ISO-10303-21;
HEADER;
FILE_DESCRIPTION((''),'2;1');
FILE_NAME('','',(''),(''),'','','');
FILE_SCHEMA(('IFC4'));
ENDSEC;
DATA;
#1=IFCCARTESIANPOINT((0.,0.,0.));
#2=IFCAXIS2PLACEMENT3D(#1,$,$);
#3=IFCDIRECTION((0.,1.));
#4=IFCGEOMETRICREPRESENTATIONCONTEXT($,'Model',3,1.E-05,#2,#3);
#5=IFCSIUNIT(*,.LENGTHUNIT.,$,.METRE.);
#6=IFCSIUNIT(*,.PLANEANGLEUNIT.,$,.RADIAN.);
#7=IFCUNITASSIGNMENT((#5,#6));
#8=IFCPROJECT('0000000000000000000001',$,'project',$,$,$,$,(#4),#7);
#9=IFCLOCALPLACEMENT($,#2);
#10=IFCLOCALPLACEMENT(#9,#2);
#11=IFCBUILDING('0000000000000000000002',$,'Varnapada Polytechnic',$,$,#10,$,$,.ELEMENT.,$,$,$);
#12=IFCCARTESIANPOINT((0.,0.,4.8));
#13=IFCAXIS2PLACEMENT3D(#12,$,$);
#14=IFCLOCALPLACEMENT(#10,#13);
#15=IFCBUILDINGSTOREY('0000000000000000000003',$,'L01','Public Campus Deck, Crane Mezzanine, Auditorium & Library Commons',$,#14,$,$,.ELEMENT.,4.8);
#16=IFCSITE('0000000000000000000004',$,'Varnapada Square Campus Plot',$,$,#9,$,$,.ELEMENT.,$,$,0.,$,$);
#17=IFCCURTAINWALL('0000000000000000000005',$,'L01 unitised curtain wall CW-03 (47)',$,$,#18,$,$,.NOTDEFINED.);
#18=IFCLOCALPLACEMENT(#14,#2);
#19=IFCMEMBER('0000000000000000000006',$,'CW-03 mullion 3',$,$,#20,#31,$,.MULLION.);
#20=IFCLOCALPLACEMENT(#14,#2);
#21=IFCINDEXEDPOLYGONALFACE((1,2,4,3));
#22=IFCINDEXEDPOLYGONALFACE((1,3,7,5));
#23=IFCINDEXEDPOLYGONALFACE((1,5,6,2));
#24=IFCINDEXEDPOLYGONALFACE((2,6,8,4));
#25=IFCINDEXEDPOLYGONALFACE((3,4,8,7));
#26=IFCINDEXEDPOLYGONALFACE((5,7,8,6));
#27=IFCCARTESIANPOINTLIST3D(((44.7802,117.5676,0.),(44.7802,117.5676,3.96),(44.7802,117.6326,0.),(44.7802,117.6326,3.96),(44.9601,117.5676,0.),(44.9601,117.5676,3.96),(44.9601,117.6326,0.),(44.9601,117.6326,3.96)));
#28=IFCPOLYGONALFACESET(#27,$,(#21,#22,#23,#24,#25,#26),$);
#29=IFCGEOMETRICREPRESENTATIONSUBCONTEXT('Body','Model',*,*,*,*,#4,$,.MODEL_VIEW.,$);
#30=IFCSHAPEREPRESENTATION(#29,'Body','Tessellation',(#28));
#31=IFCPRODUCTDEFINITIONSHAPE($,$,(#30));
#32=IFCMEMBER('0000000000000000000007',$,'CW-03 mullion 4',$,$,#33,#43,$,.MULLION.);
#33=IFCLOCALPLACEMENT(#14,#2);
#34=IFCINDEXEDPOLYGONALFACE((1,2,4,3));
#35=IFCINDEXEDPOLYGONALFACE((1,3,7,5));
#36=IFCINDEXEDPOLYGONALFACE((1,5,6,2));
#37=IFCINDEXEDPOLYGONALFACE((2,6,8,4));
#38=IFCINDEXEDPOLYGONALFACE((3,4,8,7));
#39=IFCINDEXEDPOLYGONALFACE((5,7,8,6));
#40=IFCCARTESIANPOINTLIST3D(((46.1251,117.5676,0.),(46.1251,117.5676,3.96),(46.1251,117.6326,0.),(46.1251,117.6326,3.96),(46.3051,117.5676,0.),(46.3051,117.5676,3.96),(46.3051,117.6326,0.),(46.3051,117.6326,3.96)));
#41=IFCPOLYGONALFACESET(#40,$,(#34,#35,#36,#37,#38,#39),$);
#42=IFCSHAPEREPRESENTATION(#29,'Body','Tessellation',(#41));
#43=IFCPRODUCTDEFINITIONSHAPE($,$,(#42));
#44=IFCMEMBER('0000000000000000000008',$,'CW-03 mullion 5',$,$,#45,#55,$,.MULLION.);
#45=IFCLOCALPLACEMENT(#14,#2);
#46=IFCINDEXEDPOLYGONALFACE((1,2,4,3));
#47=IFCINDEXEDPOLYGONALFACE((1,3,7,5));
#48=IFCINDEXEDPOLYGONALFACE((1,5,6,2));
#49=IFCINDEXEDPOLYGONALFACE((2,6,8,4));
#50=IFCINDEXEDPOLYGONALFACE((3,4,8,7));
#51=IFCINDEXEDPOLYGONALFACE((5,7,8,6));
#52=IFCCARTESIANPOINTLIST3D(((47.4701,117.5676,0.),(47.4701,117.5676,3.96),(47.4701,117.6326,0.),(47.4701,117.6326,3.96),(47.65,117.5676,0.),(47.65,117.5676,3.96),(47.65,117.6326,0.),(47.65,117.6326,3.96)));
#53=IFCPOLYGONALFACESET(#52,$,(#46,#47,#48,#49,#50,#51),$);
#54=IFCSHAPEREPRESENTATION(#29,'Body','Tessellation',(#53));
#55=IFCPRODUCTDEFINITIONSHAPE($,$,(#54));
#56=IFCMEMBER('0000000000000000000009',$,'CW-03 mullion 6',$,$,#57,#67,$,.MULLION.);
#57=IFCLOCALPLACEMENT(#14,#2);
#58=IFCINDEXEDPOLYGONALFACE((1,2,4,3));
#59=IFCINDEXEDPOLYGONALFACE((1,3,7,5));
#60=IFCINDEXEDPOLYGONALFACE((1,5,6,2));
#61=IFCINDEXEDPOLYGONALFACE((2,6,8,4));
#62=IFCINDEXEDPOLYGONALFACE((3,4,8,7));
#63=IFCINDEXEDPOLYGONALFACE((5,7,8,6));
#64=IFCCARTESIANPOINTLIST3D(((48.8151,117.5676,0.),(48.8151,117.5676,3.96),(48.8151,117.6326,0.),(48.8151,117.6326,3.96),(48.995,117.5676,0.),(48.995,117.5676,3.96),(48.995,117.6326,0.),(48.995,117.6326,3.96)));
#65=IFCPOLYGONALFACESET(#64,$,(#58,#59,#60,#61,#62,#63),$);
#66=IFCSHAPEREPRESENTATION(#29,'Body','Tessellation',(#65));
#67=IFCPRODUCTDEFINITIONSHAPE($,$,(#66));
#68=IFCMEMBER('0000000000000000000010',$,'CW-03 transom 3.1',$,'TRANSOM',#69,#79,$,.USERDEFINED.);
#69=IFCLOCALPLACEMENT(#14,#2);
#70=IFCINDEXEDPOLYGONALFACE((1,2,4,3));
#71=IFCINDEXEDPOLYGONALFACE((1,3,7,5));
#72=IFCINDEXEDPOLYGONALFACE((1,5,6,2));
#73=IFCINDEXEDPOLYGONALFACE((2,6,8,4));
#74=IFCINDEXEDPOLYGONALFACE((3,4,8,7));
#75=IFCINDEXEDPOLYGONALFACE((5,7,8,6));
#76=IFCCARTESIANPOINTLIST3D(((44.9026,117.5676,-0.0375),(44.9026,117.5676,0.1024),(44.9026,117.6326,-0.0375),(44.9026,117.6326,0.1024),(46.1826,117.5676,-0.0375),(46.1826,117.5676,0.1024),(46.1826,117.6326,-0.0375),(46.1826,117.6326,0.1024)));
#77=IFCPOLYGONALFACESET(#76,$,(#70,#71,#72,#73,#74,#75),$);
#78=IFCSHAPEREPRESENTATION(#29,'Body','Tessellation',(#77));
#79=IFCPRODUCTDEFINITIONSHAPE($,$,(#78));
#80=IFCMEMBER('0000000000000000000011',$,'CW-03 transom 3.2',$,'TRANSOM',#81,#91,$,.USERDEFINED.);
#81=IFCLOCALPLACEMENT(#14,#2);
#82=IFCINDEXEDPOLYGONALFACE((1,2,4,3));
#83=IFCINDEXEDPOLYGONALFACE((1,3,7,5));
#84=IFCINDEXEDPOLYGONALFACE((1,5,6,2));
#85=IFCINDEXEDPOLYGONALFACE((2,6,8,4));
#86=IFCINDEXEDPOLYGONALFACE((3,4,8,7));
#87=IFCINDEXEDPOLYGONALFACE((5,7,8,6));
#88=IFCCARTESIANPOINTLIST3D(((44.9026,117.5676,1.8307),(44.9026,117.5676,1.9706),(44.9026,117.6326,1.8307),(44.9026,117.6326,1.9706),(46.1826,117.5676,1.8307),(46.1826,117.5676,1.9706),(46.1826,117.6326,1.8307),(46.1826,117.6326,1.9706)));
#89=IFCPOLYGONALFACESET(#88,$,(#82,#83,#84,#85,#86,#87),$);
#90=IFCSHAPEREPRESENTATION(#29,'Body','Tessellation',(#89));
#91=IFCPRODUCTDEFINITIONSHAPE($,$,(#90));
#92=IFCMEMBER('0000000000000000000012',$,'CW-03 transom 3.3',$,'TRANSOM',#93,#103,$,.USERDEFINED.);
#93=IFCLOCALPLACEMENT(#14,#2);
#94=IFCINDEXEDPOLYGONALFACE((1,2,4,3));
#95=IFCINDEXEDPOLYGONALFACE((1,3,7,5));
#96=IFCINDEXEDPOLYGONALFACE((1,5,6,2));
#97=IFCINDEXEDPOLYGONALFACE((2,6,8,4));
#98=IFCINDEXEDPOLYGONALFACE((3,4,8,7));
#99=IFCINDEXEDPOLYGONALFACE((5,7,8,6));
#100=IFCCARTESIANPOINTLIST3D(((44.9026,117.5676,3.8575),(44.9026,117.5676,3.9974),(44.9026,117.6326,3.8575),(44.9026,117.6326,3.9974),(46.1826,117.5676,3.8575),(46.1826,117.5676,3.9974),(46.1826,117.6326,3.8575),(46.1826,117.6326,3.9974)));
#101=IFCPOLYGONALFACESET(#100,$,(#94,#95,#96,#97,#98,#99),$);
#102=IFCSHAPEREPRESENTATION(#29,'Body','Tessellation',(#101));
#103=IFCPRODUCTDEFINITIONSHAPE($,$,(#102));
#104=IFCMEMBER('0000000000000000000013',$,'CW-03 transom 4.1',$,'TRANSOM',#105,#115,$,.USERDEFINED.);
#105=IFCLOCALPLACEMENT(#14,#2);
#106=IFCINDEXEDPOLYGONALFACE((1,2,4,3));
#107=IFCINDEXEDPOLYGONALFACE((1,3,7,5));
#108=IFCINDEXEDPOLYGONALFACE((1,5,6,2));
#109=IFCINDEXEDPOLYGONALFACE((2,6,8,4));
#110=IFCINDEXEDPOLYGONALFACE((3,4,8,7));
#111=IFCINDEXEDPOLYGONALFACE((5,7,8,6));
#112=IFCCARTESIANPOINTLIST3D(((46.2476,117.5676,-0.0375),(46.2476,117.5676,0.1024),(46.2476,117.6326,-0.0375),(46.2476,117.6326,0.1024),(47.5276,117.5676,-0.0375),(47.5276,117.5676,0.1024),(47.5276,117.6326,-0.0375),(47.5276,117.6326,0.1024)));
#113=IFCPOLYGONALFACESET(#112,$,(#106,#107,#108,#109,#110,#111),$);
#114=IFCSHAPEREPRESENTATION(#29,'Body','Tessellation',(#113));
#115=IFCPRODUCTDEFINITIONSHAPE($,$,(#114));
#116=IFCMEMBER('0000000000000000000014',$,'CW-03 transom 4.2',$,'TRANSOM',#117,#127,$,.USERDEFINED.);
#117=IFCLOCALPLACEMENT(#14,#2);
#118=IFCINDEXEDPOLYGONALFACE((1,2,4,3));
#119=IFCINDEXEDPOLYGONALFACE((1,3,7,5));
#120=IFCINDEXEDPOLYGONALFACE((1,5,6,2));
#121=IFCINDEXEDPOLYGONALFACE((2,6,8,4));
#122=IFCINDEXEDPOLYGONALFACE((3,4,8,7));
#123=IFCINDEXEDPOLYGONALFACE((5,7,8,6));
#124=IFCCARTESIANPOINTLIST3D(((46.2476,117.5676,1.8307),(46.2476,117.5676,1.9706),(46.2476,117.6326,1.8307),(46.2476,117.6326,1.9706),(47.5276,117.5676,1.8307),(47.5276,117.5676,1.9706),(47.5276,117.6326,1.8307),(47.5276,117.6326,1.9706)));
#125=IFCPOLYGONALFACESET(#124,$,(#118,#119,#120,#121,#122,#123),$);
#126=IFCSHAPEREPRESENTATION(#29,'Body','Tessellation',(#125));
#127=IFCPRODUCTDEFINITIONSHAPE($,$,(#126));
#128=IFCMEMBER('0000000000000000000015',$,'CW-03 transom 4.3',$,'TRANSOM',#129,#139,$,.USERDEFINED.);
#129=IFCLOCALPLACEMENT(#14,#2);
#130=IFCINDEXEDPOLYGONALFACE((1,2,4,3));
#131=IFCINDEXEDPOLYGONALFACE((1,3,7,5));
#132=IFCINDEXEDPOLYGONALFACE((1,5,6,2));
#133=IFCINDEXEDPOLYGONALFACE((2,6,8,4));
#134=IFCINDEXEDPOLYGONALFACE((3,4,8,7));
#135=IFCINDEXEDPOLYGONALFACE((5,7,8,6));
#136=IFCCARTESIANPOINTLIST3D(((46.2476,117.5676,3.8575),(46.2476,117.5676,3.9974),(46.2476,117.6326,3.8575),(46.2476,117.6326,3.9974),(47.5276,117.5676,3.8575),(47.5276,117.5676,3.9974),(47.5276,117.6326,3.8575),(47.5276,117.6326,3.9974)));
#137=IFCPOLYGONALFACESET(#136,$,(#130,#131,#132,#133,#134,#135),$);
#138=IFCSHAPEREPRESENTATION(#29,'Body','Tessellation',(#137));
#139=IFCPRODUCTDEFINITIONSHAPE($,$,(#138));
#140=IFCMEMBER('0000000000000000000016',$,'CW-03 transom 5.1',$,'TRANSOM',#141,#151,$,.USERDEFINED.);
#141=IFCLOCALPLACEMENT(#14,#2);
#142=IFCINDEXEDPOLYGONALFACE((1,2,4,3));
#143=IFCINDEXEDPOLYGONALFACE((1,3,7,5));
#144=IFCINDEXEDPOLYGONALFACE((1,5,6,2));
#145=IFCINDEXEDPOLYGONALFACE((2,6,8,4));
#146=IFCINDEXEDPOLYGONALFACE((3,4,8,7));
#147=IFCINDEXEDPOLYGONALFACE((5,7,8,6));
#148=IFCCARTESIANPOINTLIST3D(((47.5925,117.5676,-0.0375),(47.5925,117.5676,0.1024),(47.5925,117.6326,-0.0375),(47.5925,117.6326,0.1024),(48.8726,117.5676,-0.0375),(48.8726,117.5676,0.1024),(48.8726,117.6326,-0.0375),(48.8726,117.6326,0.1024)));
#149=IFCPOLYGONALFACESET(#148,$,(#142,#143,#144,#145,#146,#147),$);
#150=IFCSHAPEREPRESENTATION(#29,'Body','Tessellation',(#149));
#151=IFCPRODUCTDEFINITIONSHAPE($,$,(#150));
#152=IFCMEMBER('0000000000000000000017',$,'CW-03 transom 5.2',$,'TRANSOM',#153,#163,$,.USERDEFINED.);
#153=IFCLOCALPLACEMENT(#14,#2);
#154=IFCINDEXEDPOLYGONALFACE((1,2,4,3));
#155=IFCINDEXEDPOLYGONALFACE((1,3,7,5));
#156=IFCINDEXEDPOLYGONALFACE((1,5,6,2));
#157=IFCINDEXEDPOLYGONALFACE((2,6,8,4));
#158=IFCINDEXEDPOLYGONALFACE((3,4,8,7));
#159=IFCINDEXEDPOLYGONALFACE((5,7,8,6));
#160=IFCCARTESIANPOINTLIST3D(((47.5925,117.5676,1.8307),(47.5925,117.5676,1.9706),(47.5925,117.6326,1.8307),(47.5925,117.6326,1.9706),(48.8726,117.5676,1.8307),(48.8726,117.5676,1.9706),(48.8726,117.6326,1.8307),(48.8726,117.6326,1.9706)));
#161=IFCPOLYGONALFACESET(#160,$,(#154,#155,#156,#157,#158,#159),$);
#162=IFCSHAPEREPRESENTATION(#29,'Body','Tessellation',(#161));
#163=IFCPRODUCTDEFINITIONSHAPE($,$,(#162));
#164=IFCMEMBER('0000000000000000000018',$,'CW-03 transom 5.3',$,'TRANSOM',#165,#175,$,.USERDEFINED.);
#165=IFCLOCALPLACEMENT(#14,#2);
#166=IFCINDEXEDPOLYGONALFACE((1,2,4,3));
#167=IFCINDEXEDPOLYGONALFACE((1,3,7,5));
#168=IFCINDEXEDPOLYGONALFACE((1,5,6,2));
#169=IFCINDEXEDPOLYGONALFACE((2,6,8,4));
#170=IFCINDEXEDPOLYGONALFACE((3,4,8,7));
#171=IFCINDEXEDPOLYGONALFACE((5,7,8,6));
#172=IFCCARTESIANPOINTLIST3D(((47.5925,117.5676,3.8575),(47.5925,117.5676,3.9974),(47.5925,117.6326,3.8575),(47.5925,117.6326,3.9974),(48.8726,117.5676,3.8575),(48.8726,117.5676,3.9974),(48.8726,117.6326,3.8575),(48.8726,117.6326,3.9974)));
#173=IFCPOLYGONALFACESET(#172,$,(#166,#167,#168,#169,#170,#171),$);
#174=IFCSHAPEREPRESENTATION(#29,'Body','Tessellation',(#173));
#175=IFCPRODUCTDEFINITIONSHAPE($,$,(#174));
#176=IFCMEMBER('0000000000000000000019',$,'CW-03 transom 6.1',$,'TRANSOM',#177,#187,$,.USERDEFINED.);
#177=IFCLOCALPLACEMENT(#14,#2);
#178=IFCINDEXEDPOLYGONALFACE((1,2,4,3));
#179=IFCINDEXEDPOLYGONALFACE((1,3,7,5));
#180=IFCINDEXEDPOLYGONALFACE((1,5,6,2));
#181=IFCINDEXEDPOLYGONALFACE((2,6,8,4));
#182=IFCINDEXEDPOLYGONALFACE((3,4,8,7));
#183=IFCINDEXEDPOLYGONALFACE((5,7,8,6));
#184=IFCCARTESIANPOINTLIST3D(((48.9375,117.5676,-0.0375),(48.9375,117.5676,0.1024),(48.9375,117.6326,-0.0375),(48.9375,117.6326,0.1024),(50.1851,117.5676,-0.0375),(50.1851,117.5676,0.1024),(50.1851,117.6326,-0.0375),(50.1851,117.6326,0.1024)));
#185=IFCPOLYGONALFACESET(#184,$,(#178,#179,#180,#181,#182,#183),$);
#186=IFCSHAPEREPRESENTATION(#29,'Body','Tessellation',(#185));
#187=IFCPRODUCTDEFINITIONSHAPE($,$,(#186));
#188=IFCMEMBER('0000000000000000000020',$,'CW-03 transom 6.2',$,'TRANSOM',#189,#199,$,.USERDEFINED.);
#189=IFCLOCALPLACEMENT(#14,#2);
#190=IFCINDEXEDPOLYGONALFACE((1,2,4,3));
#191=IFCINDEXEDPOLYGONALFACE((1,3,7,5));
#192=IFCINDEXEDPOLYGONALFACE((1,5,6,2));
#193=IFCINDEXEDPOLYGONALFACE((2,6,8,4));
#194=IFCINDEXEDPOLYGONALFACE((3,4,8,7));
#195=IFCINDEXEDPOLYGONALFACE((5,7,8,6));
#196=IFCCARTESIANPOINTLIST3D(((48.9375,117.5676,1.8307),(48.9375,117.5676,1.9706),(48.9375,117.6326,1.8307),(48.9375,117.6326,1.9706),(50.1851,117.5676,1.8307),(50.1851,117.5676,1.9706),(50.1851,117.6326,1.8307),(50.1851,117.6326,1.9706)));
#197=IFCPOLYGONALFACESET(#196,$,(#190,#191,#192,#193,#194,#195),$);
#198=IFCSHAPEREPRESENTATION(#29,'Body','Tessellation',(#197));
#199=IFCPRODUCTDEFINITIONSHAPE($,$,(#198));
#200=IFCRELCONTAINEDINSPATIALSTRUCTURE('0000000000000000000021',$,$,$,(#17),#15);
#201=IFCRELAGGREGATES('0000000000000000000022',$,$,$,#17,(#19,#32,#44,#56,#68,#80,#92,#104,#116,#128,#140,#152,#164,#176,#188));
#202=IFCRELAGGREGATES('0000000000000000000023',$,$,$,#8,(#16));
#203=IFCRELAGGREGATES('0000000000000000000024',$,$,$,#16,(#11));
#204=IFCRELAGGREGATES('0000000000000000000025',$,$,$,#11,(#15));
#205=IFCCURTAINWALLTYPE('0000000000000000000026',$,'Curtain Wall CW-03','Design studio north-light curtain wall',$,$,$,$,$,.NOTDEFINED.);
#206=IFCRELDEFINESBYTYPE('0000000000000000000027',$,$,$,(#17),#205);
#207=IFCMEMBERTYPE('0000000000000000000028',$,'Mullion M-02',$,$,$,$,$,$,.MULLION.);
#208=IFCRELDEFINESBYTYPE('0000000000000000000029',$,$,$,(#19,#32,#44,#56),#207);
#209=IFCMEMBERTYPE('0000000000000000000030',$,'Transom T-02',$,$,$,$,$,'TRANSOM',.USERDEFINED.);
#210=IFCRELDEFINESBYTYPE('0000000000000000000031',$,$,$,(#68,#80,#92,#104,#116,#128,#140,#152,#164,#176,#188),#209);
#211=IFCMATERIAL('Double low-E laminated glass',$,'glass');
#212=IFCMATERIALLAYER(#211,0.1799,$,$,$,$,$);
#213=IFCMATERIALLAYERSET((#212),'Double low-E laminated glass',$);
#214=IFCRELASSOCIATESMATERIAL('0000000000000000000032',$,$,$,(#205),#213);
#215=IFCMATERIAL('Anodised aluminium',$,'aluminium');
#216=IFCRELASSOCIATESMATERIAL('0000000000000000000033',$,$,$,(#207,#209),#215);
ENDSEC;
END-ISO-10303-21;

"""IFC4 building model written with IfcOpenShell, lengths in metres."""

from ifc_helpers import new_model, si_unit, direction, frame, origin, origin_2d, place, context, subcontext, project, spatial, rectangle, extrude, material, layer, layer_set, material_profile, profile_set, type_object, element, aggregate, save


model = new_model("IFC4")

# Units and contexts
model_context = context("Model", 3, precision=1e-05, world=origin(), true_north=direction((0.0, 1.0)))
body_context = subcontext(model_context, "Body", "Model", "MODEL_VIEW")
ifc_project = project(units=[si_unit("LENGTHUNIT", "METRE"), si_unit("PLANEANGLEUNIT", "RADIAN")], contexts=[model_context])

# Site, building, storey
site_placement = place(None, origin())
site = spatial("IfcSite", under=ifc_project, at=site_placement, Name="Varnapada Square Campus Plot", CompositionType="ELEMENT", RefElevation=0.0)
building_placement = place(site_placement, origin())
building = spatial("IfcBuilding", under=site, at=building_placement, Name="Varnapada Polytechnic", CompositionType="ELEMENT")
storey_placement = place(building_placement, frame((0.0, 0.0, 4.8)))
storey = spatial("IfcBuildingStorey", under=building, at=storey_placement, Name="L01", Description="Public Campus Deck, Crane Mezzanine, Auditorium & Library Commons", CompositionType="ELEMENT", Elevation=4.8)

# Curtain wall, members
ifc_material_1 = material(Name="Double low-E laminated glass", Category="glass")
ifc_layer_1 = layer(ifc_material_1, 0.1799)
ifc_layer_set_1 = layer_set([ifc_layer_1], Name="Double low-E laminated glass")
curtain_wall_type = type_object("IfcCurtainWallType", Name="Curtain Wall CW-03", Description="Design studio north-light curtain wall", PredefinedType="NOTDEFINED", material=ifc_layer_set_1)
curtain_wall_placement = place(storey_placement, origin())
curtain_wall = element("IfcCurtainWall", 1, at=curtain_wall_placement, inside=storey, type_object=curtain_wall_type, Name="L01 unitised curtain wall CW-03 (47)", PredefinedType="NOTDEFINED")
ifc_material_2 = material(Name="Anodised aluminium", Category="aluminium")
ifc_material_profile_1 = material_profile(ifc_material_2, rectangle(XDim=0.0649, YDim=0.1799, at=origin_2d()), Name="ALU M65x180")
ifc_profile_set_1 = profile_set([ifc_material_profile_1], Name="Anodised aluminium")
member_type_1 = type_object("IfcMemberType", Name="Mullion M-02", PredefinedType="MULLION", material=ifc_profile_set_1)
member_1_placement = place(storey_placement, frame((44.8701, 117.6001, 0.0), z_axis=(0.0, 0.0, 1.0), x_axis=(0.0, 1.0, 0.0)))
member_1 = element("IfcMember", 2, at=member_1_placement, type_object=member_type_1, Name="CW-03 mullion 3", PredefinedType="MULLION", context=body_context, shape_type="SweptSolid", body=[
    extrude(rectangle(XDim=0.0649, YDim=0.1799, at=origin_2d()), origin(), (0.0, 0.0, 1.0), 3.96),
])
member_2_placement = place(storey_placement, frame((46.2151, 117.6001, 0.0), z_axis=(0.0, 0.0, 1.0), x_axis=(0.0, 1.0, 0.0)))
member_2 = element("IfcMember", 3, at=member_2_placement, type_object=member_type_1, Name="CW-03 mullion 4", PredefinedType="MULLION", context=body_context, shape_type="SweptSolid", body=[
    extrude(rectangle(XDim=0.0649, YDim=0.1799, at=origin_2d()), origin(), (0.0, 0.0, 1.0), 3.96),
])
member_3_placement = place(storey_placement, frame((47.5601, 117.6001, 0.0), z_axis=(0.0, 0.0, 1.0), x_axis=(0.0, 1.0, 0.0)))
member_3 = element("IfcMember", 4, at=member_3_placement, type_object=member_type_1, Name="CW-03 mullion 5", PredefinedType="MULLION", context=body_context, shape_type="SweptSolid", body=[
    extrude(rectangle(XDim=0.0649, YDim=0.1799, at=origin_2d()), origin(), (0.0, 0.0, 1.0), 3.96),
])
member_4_placement = place(storey_placement, frame((48.905, 117.6001, 0.0), z_axis=(0.0, 0.0, 1.0), x_axis=(0.0, 1.0, 0.0)))
member_4 = element("IfcMember", 5, at=member_4_placement, type_object=member_type_1, Name="CW-03 mullion 6", PredefinedType="MULLION", context=body_context, shape_type="SweptSolid", body=[
    extrude(rectangle(XDim=0.0649, YDim=0.1799, at=origin_2d()), origin(), (0.0, 0.0, 1.0), 3.96),
])
ifc_material_profile_2 = material_profile(ifc_material_2, rectangle(XDim=0.0649, YDim=0.1399, at=origin_2d()), Name="ALU T65x140")
ifc_profile_set_2 = profile_set([ifc_material_profile_2], Name="Anodised aluminium")
member_type_2 = type_object("IfcMemberType", Name="Transom T-02", ElementType="TRANSOM", PredefinedType="USERDEFINED", material=ifc_profile_set_2)
member_5_placement = place(storey_placement, frame((44.9026, 117.6001, 0.0325), z_axis=(1.0, 0.0, 0.0), x_axis=(0.0, 1.0, 0.0)))
member_5 = element("IfcMember", 6, at=member_5_placement, type_object=member_type_2, Name="CW-03 transom 3.1", ObjectType="TRANSOM", PredefinedType="USERDEFINED", context=body_context, shape_type="SweptSolid", body=[
    extrude(rectangle(XDim=0.0649, YDim=0.1399, at=origin_2d()), origin(), (0.0, 0.0, 1.0), 1.28),
])
member_6_placement = place(storey_placement, frame((44.9026, 117.6001, 1.9006), z_axis=(1.0, 0.0, 0.0), x_axis=(0.0, 1.0, 0.0)))
member_6 = element("IfcMember", 7, at=member_6_placement, type_object=member_type_2, Name="CW-03 transom 3.2", ObjectType="TRANSOM", PredefinedType="USERDEFINED", context=body_context, shape_type="SweptSolid", body=[
    extrude(rectangle(XDim=0.0649, YDim=0.1399, at=origin_2d()), origin(), (0.0, 0.0, 1.0), 1.28),
])
member_7_placement = place(storey_placement, frame((44.9026, 117.6001, 3.9275), z_axis=(1.0, 0.0, 0.0), x_axis=(0.0, 1.0, 0.0)))
member_7 = element("IfcMember", 8, at=member_7_placement, type_object=member_type_2, Name="CW-03 transom 3.3", ObjectType="TRANSOM", PredefinedType="USERDEFINED", context=body_context, shape_type="SweptSolid", body=[
    extrude(rectangle(XDim=0.0649, YDim=0.1399, at=origin_2d()), origin(), (0.0, 0.0, 1.0), 1.28),
])
member_8_placement = place(storey_placement, frame((46.2476, 117.6001, 0.0325), z_axis=(1.0, 0.0, 0.0), x_axis=(0.0, 1.0, 0.0)))
member_8 = element("IfcMember", 9, at=member_8_placement, type_object=member_type_2, Name="CW-03 transom 4.1", ObjectType="TRANSOM", PredefinedType="USERDEFINED", context=body_context, shape_type="SweptSolid", body=[
    extrude(rectangle(XDim=0.0649, YDim=0.1399, at=origin_2d()), origin(), (0.0, 0.0, 1.0), 1.28),
])
member_9_placement = place(storey_placement, frame((46.2476, 117.6001, 1.9006), z_axis=(1.0, 0.0, 0.0), x_axis=(0.0, 1.0, 0.0)))
member_9 = element("IfcMember", 10, at=member_9_placement, type_object=member_type_2, Name="CW-03 transom 4.2", ObjectType="TRANSOM", PredefinedType="USERDEFINED", context=body_context, shape_type="SweptSolid", body=[
    extrude(rectangle(XDim=0.0649, YDim=0.1399, at=origin_2d()), origin(), (0.0, 0.0, 1.0), 1.28),
])
member_10_placement = place(storey_placement, frame((46.2476, 117.6001, 3.9275), z_axis=(1.0, 0.0, 0.0), x_axis=(0.0, 1.0, 0.0)))
member_10 = element("IfcMember", 11, at=member_10_placement, type_object=member_type_2, Name="CW-03 transom 4.3", ObjectType="TRANSOM", PredefinedType="USERDEFINED", context=body_context, shape_type="SweptSolid", body=[
    extrude(rectangle(XDim=0.0649, YDim=0.1399, at=origin_2d()), origin(), (0.0, 0.0, 1.0), 1.28),
])
member_11_placement = place(storey_placement, frame((47.5925, 117.6001, 0.0325), z_axis=(1.0, 0.0, 0.0), x_axis=(0.0, 1.0, 0.0)))
member_11 = element("IfcMember", 12, at=member_11_placement, type_object=member_type_2, Name="CW-03 transom 5.1", ObjectType="TRANSOM", PredefinedType="USERDEFINED", context=body_context, shape_type="SweptSolid", body=[
    extrude(rectangle(XDim=0.0649, YDim=0.1399, at=origin_2d()), origin(), (0.0, 0.0, 1.0), 1.28),
])
member_12_placement = place(storey_placement, frame((47.5925, 117.6001, 1.9006), z_axis=(1.0, 0.0, 0.0), x_axis=(0.0, 1.0, 0.0)))
member_12 = element("IfcMember", 13, at=member_12_placement, type_object=member_type_2, Name="CW-03 transom 5.2", ObjectType="TRANSOM", PredefinedType="USERDEFINED", context=body_context, shape_type="SweptSolid", body=[
    extrude(rectangle(XDim=0.0649, YDim=0.1399, at=origin_2d()), origin(), (0.0, 0.0, 1.0), 1.28),
])
member_13_placement = place(storey_placement, frame((47.5925, 117.6001, 3.9275), z_axis=(1.0, 0.0, 0.0), x_axis=(0.0, 1.0, 0.0)))
member_13 = element("IfcMember", 14, at=member_13_placement, type_object=member_type_2, Name="CW-03 transom 5.3", ObjectType="TRANSOM", PredefinedType="USERDEFINED", context=body_context, shape_type="SweptSolid", body=[
    extrude(rectangle(XDim=0.0649, YDim=0.1399, at=origin_2d()), origin(), (0.0, 0.0, 1.0), 1.28),
])
member_14_placement = place(storey_placement, frame((48.9375, 117.6001, 0.0325), z_axis=(1.0, 0.0, 0.0), x_axis=(0.0, 1.0, 0.0)))
member_14 = element("IfcMember", 15, at=member_14_placement, type_object=member_type_2, Name="CW-03 transom 6.1", ObjectType="TRANSOM", PredefinedType="USERDEFINED", context=body_context, shape_type="SweptSolid", body=[
    extrude(rectangle(XDim=0.0649, YDim=0.1399, at=origin_2d()), origin(), (0.0, 0.0, 1.0), 1.2476),
])
member_15_placement = place(storey_placement, frame((48.9375, 117.6001, 1.9006), z_axis=(1.0, 0.0, 0.0), x_axis=(0.0, 1.0, 0.0)))
member_15 = element("IfcMember", 16, at=member_15_placement, type_object=member_type_2, Name="CW-03 transom 6.2", ObjectType="TRANSOM", PredefinedType="USERDEFINED", context=body_context, shape_type="SweptSolid", body=[
    extrude(rectangle(XDim=0.0649, YDim=0.1399, at=origin_2d()), origin(), (0.0, 0.0, 1.0), 1.2476),
])
aggregate(curtain_wall, [member_1, member_2, member_3, member_4, member_5, member_6, member_7, member_8, member_9, member_10, member_11, member_12, member_13, member_14, member_15])

save(model, "model.ifc")
